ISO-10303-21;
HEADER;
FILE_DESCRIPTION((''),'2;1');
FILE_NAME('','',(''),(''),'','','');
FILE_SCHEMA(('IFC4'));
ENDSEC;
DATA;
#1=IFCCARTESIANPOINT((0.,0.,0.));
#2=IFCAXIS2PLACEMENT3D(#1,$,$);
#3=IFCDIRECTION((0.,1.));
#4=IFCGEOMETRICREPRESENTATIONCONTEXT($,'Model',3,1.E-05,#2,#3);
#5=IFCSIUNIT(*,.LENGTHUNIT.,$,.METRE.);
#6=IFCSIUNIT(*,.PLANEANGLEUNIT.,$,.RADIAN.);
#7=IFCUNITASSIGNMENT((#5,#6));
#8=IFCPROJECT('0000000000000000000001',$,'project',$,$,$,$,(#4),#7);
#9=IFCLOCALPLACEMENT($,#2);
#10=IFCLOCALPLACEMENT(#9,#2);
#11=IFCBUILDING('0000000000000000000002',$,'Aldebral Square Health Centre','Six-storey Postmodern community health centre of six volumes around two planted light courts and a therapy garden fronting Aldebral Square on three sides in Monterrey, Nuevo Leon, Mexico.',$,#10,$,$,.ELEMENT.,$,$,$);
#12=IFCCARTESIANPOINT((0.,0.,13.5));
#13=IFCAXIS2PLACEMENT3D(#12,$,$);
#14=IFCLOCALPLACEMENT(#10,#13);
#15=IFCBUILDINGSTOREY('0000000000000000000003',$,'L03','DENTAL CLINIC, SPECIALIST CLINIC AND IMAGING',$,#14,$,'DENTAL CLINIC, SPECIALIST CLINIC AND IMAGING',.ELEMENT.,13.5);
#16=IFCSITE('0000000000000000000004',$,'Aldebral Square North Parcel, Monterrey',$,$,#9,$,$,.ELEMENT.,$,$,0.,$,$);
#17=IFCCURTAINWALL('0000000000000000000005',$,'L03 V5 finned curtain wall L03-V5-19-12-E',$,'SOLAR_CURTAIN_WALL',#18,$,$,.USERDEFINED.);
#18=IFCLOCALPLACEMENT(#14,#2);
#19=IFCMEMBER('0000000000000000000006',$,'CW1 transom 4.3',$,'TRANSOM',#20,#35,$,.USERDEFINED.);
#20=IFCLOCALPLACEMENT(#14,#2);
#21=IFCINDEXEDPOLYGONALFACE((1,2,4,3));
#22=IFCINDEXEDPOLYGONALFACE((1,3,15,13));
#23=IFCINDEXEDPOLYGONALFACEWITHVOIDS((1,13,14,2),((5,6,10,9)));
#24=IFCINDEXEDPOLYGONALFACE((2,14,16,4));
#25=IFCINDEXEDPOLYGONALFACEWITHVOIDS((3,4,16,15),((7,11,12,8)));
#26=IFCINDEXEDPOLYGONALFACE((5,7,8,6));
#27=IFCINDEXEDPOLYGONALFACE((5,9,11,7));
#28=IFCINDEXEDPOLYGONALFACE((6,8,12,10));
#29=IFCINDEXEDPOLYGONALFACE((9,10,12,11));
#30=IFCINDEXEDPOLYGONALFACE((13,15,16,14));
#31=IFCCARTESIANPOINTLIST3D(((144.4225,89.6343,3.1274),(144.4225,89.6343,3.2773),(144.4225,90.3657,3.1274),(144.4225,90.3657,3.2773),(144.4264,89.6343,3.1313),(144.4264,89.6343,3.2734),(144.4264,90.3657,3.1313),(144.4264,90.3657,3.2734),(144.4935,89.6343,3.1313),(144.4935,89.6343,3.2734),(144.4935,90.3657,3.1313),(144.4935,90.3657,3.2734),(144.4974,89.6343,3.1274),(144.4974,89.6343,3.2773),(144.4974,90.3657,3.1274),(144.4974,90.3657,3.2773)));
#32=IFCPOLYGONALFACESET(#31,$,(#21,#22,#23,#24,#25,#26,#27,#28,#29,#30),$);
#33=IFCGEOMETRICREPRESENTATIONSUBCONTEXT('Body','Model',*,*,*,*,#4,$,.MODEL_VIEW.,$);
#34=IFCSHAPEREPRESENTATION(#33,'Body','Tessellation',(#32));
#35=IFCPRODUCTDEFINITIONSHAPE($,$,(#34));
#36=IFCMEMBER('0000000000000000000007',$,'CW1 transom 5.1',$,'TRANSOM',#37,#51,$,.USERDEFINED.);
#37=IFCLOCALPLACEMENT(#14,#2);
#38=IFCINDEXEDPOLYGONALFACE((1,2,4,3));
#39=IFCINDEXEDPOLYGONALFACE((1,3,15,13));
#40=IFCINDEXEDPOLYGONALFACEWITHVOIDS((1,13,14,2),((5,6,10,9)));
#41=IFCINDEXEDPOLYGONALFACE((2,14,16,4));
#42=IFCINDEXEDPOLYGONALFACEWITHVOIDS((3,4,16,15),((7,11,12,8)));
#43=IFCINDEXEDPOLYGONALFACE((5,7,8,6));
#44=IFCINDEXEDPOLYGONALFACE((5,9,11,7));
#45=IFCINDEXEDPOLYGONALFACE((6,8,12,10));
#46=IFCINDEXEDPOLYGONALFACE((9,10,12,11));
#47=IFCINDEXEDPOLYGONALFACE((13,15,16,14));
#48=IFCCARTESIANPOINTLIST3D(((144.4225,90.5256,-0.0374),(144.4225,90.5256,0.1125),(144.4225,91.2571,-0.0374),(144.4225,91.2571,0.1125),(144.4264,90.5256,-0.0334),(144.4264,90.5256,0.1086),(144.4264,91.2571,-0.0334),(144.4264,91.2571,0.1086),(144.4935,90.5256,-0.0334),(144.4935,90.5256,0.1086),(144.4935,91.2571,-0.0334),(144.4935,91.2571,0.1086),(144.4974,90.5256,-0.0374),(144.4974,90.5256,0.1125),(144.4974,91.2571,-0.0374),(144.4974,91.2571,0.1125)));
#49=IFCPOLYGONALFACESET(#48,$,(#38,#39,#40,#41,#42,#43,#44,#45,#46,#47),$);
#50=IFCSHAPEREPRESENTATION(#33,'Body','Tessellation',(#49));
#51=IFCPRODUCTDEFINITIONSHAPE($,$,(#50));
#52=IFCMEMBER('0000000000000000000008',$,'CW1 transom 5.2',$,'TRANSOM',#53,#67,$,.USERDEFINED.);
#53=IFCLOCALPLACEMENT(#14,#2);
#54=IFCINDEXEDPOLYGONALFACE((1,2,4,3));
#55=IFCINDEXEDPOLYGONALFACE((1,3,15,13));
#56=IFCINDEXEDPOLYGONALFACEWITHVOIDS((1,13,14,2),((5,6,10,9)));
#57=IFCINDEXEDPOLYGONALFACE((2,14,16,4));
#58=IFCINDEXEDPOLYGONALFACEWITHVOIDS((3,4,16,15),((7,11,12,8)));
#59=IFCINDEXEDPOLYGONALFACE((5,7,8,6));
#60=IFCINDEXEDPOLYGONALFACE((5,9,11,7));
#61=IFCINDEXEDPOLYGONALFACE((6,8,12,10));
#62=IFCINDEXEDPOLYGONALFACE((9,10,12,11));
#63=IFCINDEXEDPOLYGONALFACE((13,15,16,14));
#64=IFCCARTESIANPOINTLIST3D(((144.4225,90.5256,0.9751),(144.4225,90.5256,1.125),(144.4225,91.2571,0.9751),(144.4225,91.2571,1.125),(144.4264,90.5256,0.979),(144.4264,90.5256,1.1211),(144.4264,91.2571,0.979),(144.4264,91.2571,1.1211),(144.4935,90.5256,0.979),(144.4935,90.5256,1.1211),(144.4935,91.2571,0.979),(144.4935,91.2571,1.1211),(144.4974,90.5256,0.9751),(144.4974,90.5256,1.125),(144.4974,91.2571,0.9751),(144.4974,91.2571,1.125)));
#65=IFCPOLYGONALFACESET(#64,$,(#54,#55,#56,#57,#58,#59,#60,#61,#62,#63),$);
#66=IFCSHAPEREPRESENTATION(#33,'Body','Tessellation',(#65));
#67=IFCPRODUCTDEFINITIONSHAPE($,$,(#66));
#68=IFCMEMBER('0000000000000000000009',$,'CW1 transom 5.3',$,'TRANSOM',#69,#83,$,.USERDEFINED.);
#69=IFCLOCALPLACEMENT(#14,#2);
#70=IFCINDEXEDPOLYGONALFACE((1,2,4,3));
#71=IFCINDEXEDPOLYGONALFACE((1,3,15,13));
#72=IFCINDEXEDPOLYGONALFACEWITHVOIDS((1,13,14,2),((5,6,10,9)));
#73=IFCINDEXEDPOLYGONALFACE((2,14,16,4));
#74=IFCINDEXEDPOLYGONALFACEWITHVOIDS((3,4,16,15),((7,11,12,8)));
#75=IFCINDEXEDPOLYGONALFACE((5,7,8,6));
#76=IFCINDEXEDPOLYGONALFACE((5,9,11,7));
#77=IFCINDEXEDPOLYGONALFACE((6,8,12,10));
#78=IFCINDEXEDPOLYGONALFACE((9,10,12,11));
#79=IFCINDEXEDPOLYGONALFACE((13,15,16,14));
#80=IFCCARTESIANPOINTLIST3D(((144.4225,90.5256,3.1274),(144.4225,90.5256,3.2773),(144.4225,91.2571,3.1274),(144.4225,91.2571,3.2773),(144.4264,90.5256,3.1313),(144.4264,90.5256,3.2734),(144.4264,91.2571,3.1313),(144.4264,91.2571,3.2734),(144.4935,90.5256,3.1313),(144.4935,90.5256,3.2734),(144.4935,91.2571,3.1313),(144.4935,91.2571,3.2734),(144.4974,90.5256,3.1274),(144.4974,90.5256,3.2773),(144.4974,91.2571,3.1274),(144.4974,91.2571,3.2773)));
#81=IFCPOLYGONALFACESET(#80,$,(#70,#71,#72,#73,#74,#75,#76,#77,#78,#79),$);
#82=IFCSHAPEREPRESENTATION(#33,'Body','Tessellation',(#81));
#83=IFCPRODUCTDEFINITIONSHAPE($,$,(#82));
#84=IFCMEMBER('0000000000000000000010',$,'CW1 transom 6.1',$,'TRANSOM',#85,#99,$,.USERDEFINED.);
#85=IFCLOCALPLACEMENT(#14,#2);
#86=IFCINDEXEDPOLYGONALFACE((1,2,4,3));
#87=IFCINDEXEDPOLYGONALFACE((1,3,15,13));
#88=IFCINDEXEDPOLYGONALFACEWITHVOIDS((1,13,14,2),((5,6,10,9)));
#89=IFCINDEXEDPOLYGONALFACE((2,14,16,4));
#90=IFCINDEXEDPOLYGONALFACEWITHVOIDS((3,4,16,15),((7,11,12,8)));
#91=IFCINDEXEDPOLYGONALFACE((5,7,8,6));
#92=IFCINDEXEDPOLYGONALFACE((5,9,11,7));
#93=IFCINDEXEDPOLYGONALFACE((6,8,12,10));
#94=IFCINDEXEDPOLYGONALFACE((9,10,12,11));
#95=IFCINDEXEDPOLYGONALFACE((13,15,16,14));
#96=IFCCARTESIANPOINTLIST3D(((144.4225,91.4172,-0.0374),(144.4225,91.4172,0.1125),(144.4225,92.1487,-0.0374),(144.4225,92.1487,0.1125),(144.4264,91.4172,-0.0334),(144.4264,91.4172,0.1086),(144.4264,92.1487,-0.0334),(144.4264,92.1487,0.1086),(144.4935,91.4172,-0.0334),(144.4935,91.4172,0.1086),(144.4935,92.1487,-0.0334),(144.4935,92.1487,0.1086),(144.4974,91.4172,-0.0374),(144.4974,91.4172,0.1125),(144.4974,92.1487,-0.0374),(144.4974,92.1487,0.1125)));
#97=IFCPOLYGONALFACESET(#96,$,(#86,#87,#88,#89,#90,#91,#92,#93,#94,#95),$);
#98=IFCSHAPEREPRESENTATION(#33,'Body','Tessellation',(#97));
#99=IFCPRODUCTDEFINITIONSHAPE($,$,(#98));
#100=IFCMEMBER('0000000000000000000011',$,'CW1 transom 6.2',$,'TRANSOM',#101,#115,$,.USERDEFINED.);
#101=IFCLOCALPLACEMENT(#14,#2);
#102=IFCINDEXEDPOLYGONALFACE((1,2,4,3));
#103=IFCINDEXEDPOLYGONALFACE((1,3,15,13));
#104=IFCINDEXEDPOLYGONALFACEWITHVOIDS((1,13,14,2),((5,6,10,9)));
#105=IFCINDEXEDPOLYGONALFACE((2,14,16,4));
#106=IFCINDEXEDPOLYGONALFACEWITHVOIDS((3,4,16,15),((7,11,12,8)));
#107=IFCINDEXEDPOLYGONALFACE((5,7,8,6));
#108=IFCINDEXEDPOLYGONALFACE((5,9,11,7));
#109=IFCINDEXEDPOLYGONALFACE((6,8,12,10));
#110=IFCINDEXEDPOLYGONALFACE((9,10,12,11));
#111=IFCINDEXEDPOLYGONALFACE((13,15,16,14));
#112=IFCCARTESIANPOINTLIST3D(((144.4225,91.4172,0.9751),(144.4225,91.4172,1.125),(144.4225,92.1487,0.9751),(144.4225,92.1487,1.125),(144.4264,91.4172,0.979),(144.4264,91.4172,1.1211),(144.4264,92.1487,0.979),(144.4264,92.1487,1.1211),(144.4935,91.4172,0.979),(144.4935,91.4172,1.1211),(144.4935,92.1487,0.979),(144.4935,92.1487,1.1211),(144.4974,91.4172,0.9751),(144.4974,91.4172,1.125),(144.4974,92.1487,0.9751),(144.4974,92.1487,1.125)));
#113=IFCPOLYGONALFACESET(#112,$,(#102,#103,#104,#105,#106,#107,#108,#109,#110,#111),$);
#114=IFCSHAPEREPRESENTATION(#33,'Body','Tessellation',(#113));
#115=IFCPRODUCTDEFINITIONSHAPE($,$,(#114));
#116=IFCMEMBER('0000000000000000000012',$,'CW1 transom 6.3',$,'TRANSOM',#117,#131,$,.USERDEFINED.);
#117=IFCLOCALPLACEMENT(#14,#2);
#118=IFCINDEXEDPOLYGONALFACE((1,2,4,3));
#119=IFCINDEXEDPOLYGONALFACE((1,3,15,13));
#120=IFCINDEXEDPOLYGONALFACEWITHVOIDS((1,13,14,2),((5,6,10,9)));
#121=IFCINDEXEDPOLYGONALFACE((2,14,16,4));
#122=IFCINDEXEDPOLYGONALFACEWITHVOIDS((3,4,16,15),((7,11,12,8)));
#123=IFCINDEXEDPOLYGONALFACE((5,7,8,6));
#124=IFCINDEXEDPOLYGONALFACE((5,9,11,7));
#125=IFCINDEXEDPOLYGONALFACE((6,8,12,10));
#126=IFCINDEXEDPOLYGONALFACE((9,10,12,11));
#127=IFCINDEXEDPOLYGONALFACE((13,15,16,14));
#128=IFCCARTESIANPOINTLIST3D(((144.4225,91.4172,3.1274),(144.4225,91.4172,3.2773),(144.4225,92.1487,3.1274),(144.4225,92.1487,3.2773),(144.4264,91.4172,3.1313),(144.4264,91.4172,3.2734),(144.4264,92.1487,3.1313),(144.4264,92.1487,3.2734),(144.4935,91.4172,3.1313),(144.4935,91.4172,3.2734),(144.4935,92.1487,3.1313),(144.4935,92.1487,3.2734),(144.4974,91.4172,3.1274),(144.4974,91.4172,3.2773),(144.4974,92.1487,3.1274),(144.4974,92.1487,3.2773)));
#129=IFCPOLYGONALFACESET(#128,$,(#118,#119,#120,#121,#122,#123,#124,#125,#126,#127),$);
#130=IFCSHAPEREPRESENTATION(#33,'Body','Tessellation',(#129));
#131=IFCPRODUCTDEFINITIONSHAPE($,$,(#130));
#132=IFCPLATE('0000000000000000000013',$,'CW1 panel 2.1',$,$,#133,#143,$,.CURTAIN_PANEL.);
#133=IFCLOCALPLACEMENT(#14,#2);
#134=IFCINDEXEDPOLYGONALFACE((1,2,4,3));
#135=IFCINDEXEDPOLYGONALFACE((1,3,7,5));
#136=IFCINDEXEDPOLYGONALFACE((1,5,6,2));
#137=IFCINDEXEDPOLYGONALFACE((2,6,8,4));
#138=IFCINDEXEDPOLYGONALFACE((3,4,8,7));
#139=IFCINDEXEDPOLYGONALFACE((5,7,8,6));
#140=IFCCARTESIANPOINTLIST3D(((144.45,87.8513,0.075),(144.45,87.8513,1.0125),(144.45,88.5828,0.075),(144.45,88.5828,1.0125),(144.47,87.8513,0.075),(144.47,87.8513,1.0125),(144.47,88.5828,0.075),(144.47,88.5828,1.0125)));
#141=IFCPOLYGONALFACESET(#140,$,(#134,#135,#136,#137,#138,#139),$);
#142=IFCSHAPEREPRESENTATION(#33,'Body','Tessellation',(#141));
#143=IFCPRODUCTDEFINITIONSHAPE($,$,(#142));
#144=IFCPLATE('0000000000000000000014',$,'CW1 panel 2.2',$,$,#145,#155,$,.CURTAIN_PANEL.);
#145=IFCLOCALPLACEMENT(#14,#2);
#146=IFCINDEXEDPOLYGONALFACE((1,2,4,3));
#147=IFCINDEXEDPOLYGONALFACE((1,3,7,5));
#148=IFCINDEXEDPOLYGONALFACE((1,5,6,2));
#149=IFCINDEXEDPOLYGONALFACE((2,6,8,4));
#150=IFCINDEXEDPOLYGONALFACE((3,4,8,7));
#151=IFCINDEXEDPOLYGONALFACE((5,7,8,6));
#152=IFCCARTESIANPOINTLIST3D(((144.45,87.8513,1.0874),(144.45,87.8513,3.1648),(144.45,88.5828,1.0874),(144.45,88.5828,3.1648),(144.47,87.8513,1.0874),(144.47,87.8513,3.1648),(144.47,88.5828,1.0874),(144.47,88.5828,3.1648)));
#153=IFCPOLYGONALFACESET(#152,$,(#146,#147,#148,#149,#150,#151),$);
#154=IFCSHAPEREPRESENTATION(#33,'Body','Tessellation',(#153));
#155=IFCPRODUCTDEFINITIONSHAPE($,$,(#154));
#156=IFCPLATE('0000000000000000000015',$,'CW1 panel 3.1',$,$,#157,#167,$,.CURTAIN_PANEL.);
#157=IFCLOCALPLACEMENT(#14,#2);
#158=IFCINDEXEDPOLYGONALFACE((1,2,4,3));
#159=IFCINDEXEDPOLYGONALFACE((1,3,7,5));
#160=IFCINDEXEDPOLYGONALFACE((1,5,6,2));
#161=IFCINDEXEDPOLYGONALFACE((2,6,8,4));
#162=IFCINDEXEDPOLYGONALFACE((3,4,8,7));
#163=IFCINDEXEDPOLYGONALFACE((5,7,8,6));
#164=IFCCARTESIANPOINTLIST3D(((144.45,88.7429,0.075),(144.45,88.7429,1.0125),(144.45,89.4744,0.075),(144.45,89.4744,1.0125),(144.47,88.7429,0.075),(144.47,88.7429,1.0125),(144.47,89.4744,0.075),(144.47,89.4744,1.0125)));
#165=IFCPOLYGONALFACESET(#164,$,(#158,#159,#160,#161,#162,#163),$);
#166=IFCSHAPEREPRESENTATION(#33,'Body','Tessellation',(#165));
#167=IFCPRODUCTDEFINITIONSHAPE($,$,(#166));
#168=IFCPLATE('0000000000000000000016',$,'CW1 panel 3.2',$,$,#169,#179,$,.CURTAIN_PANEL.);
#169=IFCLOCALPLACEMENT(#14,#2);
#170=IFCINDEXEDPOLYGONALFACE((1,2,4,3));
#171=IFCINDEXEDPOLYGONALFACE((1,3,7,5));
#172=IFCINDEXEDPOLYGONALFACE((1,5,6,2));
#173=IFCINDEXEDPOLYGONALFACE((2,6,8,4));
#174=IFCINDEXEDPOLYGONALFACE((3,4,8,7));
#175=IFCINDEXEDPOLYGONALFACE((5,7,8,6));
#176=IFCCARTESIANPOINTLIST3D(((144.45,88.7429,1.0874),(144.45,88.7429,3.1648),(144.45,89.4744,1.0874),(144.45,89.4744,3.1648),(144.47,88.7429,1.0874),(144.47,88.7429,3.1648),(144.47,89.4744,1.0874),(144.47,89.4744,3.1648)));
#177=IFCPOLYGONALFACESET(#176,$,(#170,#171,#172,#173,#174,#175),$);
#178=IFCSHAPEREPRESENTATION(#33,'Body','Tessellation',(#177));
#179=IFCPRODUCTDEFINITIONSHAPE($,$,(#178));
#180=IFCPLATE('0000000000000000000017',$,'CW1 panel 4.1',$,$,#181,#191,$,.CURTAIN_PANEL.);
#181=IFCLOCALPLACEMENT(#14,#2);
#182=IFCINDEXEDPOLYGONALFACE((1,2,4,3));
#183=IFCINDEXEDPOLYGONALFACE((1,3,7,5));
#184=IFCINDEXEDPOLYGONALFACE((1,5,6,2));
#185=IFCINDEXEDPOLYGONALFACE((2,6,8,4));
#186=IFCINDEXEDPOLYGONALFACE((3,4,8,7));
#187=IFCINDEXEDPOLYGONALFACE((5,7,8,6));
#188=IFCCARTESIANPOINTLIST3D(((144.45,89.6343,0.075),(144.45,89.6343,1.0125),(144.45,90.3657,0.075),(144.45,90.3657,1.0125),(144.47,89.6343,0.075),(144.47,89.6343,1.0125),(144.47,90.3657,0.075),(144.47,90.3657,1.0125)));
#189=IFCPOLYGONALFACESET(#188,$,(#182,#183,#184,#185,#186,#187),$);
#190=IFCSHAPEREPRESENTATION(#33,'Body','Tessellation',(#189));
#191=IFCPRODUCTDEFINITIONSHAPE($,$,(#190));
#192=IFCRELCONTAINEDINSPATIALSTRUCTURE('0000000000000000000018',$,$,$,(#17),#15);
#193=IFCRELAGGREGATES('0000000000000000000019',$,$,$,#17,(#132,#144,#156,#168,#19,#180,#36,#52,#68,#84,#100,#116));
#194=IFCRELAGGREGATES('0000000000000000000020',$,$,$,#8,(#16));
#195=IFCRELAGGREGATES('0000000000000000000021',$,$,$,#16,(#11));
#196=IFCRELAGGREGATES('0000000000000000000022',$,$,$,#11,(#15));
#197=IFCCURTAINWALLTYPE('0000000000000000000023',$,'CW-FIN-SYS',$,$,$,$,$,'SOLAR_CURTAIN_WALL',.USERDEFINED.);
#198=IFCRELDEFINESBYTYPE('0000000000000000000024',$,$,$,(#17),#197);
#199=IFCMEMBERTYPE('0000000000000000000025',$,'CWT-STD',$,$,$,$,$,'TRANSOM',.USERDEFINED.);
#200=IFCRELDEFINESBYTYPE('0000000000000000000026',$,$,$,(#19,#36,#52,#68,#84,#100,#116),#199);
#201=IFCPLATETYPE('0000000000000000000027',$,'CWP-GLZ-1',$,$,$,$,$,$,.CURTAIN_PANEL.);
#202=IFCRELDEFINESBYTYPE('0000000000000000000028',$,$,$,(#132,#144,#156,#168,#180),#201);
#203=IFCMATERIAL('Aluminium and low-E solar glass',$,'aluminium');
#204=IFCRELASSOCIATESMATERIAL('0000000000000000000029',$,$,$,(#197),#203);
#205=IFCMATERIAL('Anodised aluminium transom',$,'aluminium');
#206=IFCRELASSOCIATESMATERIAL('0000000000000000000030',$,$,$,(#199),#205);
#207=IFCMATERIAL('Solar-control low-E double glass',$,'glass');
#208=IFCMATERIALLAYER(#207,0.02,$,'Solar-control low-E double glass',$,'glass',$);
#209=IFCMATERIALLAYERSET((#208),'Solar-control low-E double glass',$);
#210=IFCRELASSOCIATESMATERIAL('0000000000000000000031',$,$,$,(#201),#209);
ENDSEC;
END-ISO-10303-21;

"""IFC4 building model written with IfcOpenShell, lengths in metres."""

from ifc_helpers import new_model, si_unit, direction, frame, origin, origin_2d, place, context, subcontext, project, spatial, rectangle, hollow_rectangle, extrude, material, layer, layer_set, material_profile, profile_set, type_object, element, aggregate, save


model = new_model("IFC4")

# Units and contexts
model_context = context("Model", 3, precision=1e-05, world=origin(), true_north=direction((0.0, 1.0)))
body_context = subcontext(model_context, "Body", "Model", "MODEL_VIEW")
ifc_project = project(units=[si_unit("LENGTHUNIT", "METRE"), si_unit("PLANEANGLEUNIT", "RADIAN")], contexts=[model_context])

# Site, building, storey
site_placement = place(None, origin())
site = spatial("IfcSite", under=ifc_project, at=site_placement, Name="Aldebral Square North Parcel, Monterrey", CompositionType="ELEMENT", RefElevation=0.0)
building_placement = place(site_placement, origin())
building = spatial("IfcBuilding", under=site, at=building_placement, Name="Aldebral Square Health Centre", Description="Six-storey Postmodern community health centre of six volumes around two planted light courts and a therapy garden fronting Aldebral Square on three sides in Monterrey, Nuevo Leon, Mexico.", CompositionType="ELEMENT")
storey_placement = place(building_placement, frame((0.0, 0.0, 13.5)))
storey = spatial("IfcBuildingStorey", under=building, at=storey_placement, Name="L03", Description="DENTAL CLINIC, SPECIALIST CLINIC AND IMAGING", LongName="DENTAL CLINIC, SPECIALIST CLINIC AND IMAGING", CompositionType="ELEMENT", Elevation=13.5)

# Curtain wall, members, plates
ifc_material_1 = material(Name="Aluminium and low-E solar glass", Category="aluminium")
curtain_wall_type = type_object("IfcCurtainWallType", Name="CW-FIN-SYS", ElementType="SOLAR_CURTAIN_WALL", PredefinedType="USERDEFINED", material=ifc_material_1)
curtain_wall_placement = place(storey_placement, origin())
curtain_wall = element("IfcCurtainWall", 1, at=curtain_wall_placement, inside=storey, type_object=curtain_wall_type, Name="L03 V5 finned curtain wall L03-V5-19-12-E", ObjectType="SOLAR_CURTAIN_WALL", PredefinedType="USERDEFINED")
ifc_material_2 = material(Name="Anodised aluminium transom", Category="aluminium")
ifc_material_profile_1 = material_profile(ifc_material_2, hollow_rectangle(XDim=0.075, YDim=0.1499, WallThickness=0.0039, at=origin_2d()), Name="CWT 75x150x4")
ifc_profile_set_1 = profile_set([ifc_material_profile_1], Name="Anodised aluminium transom")
member_type_1 = type_object("IfcMemberType", Name="CWT-STD", ElementType="TRANSOM", PredefinedType="USERDEFINED", material=ifc_profile_set_1)
member_1_placement = place(storey_placement, frame((144.46, 89.6343, 3.2024), z_axis=(0.0, 1.0, 0.0), x_axis=(-1.0, 0.0, 0.0)))
member_1 = element("IfcMember", 2, at=member_1_placement, type_object=member_type_1, Name="CW1 transom 4.3", ObjectType="TRANSOM", PredefinedType="USERDEFINED", context=body_context, shape_type="SweptSolid", body=[
    extrude(hollow_rectangle(XDim=0.075, YDim=0.1499, WallThickness=0.0039, at=origin_2d()), origin(), (0.0, 0.0, 1.0), 0.7314),
])
member_2_placement = place(storey_placement, frame((144.46, 90.5256, 0.0376), z_axis=(0.0, 1.0, 0.0), x_axis=(-1.0, 0.0, 0.0)))
member_2 = element("IfcMember", 3, at=member_2_placement, type_object=member_type_1, Name="CW1 transom 5.1", ObjectType="TRANSOM", PredefinedType="USERDEFINED", context=body_context, shape_type="SweptSolid", body=[
    extrude(hollow_rectangle(XDim=0.075, YDim=0.1499, WallThickness=0.0039, at=origin_2d()), origin(), (0.0, 0.0, 1.0), 0.7314),
])
member_3_placement = place(storey_placement, frame((144.46, 90.5256, 1.05), z_axis=(0.0, 1.0, 0.0), x_axis=(-1.0, 0.0, 0.0)))
member_3 = element("IfcMember", 4, at=member_3_placement, type_object=member_type_1, Name="CW1 transom 5.2", ObjectType="TRANSOM", PredefinedType="USERDEFINED", context=body_context, shape_type="SweptSolid", body=[
    extrude(hollow_rectangle(XDim=0.075, YDim=0.1499, WallThickness=0.0039, at=origin_2d()), origin(), (0.0, 0.0, 1.0), 0.7314),
])
member_4_placement = place(storey_placement, frame((144.46, 90.5256, 3.2024), z_axis=(0.0, 1.0, 0.0), x_axis=(-1.0, 0.0, 0.0)))
member_4 = element("IfcMember", 5, at=member_4_placement, type_object=member_type_1, Name="CW1 transom 5.3", ObjectType="TRANSOM", PredefinedType="USERDEFINED", context=body_context, shape_type="SweptSolid", body=[
    extrude(hollow_rectangle(XDim=0.075, YDim=0.1499, WallThickness=0.0039, at=origin_2d()), origin(), (0.0, 0.0, 1.0), 0.7314),
])
member_5_placement = place(storey_placement, frame((144.46, 91.4172, 0.0376), z_axis=(0.0, 1.0, 0.0), x_axis=(-1.0, 0.0, 0.0)))
member_5 = element("IfcMember", 6, at=member_5_placement, type_object=member_type_1, Name="CW1 transom 6.1", ObjectType="TRANSOM", PredefinedType="USERDEFINED", context=body_context, shape_type="SweptSolid", body=[
    extrude(hollow_rectangle(XDim=0.075, YDim=0.1499, WallThickness=0.0039, at=origin_2d()), origin(), (0.0, 0.0, 1.0), 0.7314),
])
member_6_placement = place(storey_placement, frame((144.46, 91.4172, 1.05), z_axis=(0.0, 1.0, 0.0), x_axis=(-1.0, 0.0, 0.0)))
member_6 = element("IfcMember", 7, at=member_6_placement, type_object=member_type_1, Name="CW1 transom 6.2", ObjectType="TRANSOM", PredefinedType="USERDEFINED", context=body_context, shape_type="SweptSolid", body=[
    extrude(hollow_rectangle(XDim=0.075, YDim=0.1499, WallThickness=0.0039, at=origin_2d()), origin(), (0.0, 0.0, 1.0), 0.7314),
])
member_7_placement = place(storey_placement, frame((144.46, 91.4172, 3.2024), z_axis=(0.0, 1.0, 0.0), x_axis=(-1.0, 0.0, 0.0)))
member_7 = element("IfcMember", 8, at=member_7_placement, type_object=member_type_1, Name="CW1 transom 6.3", ObjectType="TRANSOM", PredefinedType="USERDEFINED", context=body_context, shape_type="SweptSolid", body=[
    extrude(hollow_rectangle(XDim=0.075, YDim=0.1499, WallThickness=0.0039, at=origin_2d()), origin(), (0.0, 0.0, 1.0), 0.7314),
])
ifc_material_3 = material(Name="Solar-control low-E double glass", Category="glass")
ifc_layer = layer(ifc_material_3, 0.02, Name="Solar-control low-E double glass", Category="glass")
ifc_layer_set = layer_set([ifc_layer], Name="Solar-control low-E double glass")
plate_type = type_object("IfcPlateType", Name="CWP-GLZ-1", PredefinedType="CURTAIN_PANEL", material=ifc_layer_set)
plate_1_placement = place(storey_placement, frame((144.46, 88.217, 0.075), z_axis=(0.0, 0.0, 1.0), x_axis=(0.0, 1.0, 0.0)))
plate_1 = element("IfcPlate", 9, at=plate_1_placement, type_object=plate_type, Name="CW1 panel 2.1", PredefinedType="CURTAIN_PANEL", context=body_context, shape_type="SweptSolid", body=[
    extrude(rectangle(XDim=0.7314, YDim=0.02, at=origin_2d()), origin(), (0.0, 0.0, 1.0), 0.9375),
])
plate_2_placement = place(storey_placement, frame((144.46, 88.217, 1.0874), z_axis=(0.0, 0.0, 1.0), x_axis=(0.0, 1.0, 0.0)))
plate_2 = element("IfcPlate", 10, at=plate_2_placement, type_object=plate_type, Name="CW1 panel 2.2", PredefinedType="CURTAIN_PANEL", context=body_context, shape_type="SweptSolid", body=[
    extrude(rectangle(XDim=0.7314, YDim=0.02, at=origin_2d()), origin(), (0.0, 0.0, 1.0), 2.0774),
])
plate_3_placement = place(storey_placement, frame((144.46, 89.1086, 0.075), z_axis=(0.0, 0.0, 1.0), x_axis=(0.0, 1.0, 0.0)))
plate_3 = element("IfcPlate", 11, at=plate_3_placement, type_object=plate_type, Name="CW1 panel 3.1", PredefinedType="CURTAIN_PANEL", context=body_context, shape_type="SweptSolid", body=[
    extrude(rectangle(XDim=0.7314, YDim=0.02, at=origin_2d()), origin(), (0.0, 0.0, 1.0), 0.9375),
])
plate_4_placement = place(storey_placement, frame((144.46, 89.1086, 1.0874), z_axis=(0.0, 0.0, 1.0), x_axis=(0.0, 1.0, 0.0)))
plate_4 = element("IfcPlate", 12, at=plate_4_placement, type_object=plate_type, Name="CW1 panel 3.2", PredefinedType="CURTAIN_PANEL", context=body_context, shape_type="SweptSolid", body=[
    extrude(rectangle(XDim=0.7314, YDim=0.02, at=origin_2d()), origin(), (0.0, 0.0, 1.0), 2.0774),
])
plate_5_placement = place(storey_placement, frame((144.46, 90.0, 0.075), z_axis=(0.0, 0.0, 1.0), x_axis=(0.0, 1.0, 0.0)))
plate_5 = element("IfcPlate", 13, at=plate_5_placement, type_object=plate_type, Name="CW1 panel 4.1", PredefinedType="CURTAIN_PANEL", context=body_context, shape_type="SweptSolid", body=[
    extrude(rectangle(XDim=0.7314, YDim=0.02, at=origin_2d()), origin(), (0.0, 0.0, 1.0), 0.9375),
])
aggregate(curtain_wall, [plate_1, plate_2, plate_3, plate_4, member_1, plate_5, member_2, member_3, member_4, member_5, member_6, member_7])

save(model, "model.ifc")
